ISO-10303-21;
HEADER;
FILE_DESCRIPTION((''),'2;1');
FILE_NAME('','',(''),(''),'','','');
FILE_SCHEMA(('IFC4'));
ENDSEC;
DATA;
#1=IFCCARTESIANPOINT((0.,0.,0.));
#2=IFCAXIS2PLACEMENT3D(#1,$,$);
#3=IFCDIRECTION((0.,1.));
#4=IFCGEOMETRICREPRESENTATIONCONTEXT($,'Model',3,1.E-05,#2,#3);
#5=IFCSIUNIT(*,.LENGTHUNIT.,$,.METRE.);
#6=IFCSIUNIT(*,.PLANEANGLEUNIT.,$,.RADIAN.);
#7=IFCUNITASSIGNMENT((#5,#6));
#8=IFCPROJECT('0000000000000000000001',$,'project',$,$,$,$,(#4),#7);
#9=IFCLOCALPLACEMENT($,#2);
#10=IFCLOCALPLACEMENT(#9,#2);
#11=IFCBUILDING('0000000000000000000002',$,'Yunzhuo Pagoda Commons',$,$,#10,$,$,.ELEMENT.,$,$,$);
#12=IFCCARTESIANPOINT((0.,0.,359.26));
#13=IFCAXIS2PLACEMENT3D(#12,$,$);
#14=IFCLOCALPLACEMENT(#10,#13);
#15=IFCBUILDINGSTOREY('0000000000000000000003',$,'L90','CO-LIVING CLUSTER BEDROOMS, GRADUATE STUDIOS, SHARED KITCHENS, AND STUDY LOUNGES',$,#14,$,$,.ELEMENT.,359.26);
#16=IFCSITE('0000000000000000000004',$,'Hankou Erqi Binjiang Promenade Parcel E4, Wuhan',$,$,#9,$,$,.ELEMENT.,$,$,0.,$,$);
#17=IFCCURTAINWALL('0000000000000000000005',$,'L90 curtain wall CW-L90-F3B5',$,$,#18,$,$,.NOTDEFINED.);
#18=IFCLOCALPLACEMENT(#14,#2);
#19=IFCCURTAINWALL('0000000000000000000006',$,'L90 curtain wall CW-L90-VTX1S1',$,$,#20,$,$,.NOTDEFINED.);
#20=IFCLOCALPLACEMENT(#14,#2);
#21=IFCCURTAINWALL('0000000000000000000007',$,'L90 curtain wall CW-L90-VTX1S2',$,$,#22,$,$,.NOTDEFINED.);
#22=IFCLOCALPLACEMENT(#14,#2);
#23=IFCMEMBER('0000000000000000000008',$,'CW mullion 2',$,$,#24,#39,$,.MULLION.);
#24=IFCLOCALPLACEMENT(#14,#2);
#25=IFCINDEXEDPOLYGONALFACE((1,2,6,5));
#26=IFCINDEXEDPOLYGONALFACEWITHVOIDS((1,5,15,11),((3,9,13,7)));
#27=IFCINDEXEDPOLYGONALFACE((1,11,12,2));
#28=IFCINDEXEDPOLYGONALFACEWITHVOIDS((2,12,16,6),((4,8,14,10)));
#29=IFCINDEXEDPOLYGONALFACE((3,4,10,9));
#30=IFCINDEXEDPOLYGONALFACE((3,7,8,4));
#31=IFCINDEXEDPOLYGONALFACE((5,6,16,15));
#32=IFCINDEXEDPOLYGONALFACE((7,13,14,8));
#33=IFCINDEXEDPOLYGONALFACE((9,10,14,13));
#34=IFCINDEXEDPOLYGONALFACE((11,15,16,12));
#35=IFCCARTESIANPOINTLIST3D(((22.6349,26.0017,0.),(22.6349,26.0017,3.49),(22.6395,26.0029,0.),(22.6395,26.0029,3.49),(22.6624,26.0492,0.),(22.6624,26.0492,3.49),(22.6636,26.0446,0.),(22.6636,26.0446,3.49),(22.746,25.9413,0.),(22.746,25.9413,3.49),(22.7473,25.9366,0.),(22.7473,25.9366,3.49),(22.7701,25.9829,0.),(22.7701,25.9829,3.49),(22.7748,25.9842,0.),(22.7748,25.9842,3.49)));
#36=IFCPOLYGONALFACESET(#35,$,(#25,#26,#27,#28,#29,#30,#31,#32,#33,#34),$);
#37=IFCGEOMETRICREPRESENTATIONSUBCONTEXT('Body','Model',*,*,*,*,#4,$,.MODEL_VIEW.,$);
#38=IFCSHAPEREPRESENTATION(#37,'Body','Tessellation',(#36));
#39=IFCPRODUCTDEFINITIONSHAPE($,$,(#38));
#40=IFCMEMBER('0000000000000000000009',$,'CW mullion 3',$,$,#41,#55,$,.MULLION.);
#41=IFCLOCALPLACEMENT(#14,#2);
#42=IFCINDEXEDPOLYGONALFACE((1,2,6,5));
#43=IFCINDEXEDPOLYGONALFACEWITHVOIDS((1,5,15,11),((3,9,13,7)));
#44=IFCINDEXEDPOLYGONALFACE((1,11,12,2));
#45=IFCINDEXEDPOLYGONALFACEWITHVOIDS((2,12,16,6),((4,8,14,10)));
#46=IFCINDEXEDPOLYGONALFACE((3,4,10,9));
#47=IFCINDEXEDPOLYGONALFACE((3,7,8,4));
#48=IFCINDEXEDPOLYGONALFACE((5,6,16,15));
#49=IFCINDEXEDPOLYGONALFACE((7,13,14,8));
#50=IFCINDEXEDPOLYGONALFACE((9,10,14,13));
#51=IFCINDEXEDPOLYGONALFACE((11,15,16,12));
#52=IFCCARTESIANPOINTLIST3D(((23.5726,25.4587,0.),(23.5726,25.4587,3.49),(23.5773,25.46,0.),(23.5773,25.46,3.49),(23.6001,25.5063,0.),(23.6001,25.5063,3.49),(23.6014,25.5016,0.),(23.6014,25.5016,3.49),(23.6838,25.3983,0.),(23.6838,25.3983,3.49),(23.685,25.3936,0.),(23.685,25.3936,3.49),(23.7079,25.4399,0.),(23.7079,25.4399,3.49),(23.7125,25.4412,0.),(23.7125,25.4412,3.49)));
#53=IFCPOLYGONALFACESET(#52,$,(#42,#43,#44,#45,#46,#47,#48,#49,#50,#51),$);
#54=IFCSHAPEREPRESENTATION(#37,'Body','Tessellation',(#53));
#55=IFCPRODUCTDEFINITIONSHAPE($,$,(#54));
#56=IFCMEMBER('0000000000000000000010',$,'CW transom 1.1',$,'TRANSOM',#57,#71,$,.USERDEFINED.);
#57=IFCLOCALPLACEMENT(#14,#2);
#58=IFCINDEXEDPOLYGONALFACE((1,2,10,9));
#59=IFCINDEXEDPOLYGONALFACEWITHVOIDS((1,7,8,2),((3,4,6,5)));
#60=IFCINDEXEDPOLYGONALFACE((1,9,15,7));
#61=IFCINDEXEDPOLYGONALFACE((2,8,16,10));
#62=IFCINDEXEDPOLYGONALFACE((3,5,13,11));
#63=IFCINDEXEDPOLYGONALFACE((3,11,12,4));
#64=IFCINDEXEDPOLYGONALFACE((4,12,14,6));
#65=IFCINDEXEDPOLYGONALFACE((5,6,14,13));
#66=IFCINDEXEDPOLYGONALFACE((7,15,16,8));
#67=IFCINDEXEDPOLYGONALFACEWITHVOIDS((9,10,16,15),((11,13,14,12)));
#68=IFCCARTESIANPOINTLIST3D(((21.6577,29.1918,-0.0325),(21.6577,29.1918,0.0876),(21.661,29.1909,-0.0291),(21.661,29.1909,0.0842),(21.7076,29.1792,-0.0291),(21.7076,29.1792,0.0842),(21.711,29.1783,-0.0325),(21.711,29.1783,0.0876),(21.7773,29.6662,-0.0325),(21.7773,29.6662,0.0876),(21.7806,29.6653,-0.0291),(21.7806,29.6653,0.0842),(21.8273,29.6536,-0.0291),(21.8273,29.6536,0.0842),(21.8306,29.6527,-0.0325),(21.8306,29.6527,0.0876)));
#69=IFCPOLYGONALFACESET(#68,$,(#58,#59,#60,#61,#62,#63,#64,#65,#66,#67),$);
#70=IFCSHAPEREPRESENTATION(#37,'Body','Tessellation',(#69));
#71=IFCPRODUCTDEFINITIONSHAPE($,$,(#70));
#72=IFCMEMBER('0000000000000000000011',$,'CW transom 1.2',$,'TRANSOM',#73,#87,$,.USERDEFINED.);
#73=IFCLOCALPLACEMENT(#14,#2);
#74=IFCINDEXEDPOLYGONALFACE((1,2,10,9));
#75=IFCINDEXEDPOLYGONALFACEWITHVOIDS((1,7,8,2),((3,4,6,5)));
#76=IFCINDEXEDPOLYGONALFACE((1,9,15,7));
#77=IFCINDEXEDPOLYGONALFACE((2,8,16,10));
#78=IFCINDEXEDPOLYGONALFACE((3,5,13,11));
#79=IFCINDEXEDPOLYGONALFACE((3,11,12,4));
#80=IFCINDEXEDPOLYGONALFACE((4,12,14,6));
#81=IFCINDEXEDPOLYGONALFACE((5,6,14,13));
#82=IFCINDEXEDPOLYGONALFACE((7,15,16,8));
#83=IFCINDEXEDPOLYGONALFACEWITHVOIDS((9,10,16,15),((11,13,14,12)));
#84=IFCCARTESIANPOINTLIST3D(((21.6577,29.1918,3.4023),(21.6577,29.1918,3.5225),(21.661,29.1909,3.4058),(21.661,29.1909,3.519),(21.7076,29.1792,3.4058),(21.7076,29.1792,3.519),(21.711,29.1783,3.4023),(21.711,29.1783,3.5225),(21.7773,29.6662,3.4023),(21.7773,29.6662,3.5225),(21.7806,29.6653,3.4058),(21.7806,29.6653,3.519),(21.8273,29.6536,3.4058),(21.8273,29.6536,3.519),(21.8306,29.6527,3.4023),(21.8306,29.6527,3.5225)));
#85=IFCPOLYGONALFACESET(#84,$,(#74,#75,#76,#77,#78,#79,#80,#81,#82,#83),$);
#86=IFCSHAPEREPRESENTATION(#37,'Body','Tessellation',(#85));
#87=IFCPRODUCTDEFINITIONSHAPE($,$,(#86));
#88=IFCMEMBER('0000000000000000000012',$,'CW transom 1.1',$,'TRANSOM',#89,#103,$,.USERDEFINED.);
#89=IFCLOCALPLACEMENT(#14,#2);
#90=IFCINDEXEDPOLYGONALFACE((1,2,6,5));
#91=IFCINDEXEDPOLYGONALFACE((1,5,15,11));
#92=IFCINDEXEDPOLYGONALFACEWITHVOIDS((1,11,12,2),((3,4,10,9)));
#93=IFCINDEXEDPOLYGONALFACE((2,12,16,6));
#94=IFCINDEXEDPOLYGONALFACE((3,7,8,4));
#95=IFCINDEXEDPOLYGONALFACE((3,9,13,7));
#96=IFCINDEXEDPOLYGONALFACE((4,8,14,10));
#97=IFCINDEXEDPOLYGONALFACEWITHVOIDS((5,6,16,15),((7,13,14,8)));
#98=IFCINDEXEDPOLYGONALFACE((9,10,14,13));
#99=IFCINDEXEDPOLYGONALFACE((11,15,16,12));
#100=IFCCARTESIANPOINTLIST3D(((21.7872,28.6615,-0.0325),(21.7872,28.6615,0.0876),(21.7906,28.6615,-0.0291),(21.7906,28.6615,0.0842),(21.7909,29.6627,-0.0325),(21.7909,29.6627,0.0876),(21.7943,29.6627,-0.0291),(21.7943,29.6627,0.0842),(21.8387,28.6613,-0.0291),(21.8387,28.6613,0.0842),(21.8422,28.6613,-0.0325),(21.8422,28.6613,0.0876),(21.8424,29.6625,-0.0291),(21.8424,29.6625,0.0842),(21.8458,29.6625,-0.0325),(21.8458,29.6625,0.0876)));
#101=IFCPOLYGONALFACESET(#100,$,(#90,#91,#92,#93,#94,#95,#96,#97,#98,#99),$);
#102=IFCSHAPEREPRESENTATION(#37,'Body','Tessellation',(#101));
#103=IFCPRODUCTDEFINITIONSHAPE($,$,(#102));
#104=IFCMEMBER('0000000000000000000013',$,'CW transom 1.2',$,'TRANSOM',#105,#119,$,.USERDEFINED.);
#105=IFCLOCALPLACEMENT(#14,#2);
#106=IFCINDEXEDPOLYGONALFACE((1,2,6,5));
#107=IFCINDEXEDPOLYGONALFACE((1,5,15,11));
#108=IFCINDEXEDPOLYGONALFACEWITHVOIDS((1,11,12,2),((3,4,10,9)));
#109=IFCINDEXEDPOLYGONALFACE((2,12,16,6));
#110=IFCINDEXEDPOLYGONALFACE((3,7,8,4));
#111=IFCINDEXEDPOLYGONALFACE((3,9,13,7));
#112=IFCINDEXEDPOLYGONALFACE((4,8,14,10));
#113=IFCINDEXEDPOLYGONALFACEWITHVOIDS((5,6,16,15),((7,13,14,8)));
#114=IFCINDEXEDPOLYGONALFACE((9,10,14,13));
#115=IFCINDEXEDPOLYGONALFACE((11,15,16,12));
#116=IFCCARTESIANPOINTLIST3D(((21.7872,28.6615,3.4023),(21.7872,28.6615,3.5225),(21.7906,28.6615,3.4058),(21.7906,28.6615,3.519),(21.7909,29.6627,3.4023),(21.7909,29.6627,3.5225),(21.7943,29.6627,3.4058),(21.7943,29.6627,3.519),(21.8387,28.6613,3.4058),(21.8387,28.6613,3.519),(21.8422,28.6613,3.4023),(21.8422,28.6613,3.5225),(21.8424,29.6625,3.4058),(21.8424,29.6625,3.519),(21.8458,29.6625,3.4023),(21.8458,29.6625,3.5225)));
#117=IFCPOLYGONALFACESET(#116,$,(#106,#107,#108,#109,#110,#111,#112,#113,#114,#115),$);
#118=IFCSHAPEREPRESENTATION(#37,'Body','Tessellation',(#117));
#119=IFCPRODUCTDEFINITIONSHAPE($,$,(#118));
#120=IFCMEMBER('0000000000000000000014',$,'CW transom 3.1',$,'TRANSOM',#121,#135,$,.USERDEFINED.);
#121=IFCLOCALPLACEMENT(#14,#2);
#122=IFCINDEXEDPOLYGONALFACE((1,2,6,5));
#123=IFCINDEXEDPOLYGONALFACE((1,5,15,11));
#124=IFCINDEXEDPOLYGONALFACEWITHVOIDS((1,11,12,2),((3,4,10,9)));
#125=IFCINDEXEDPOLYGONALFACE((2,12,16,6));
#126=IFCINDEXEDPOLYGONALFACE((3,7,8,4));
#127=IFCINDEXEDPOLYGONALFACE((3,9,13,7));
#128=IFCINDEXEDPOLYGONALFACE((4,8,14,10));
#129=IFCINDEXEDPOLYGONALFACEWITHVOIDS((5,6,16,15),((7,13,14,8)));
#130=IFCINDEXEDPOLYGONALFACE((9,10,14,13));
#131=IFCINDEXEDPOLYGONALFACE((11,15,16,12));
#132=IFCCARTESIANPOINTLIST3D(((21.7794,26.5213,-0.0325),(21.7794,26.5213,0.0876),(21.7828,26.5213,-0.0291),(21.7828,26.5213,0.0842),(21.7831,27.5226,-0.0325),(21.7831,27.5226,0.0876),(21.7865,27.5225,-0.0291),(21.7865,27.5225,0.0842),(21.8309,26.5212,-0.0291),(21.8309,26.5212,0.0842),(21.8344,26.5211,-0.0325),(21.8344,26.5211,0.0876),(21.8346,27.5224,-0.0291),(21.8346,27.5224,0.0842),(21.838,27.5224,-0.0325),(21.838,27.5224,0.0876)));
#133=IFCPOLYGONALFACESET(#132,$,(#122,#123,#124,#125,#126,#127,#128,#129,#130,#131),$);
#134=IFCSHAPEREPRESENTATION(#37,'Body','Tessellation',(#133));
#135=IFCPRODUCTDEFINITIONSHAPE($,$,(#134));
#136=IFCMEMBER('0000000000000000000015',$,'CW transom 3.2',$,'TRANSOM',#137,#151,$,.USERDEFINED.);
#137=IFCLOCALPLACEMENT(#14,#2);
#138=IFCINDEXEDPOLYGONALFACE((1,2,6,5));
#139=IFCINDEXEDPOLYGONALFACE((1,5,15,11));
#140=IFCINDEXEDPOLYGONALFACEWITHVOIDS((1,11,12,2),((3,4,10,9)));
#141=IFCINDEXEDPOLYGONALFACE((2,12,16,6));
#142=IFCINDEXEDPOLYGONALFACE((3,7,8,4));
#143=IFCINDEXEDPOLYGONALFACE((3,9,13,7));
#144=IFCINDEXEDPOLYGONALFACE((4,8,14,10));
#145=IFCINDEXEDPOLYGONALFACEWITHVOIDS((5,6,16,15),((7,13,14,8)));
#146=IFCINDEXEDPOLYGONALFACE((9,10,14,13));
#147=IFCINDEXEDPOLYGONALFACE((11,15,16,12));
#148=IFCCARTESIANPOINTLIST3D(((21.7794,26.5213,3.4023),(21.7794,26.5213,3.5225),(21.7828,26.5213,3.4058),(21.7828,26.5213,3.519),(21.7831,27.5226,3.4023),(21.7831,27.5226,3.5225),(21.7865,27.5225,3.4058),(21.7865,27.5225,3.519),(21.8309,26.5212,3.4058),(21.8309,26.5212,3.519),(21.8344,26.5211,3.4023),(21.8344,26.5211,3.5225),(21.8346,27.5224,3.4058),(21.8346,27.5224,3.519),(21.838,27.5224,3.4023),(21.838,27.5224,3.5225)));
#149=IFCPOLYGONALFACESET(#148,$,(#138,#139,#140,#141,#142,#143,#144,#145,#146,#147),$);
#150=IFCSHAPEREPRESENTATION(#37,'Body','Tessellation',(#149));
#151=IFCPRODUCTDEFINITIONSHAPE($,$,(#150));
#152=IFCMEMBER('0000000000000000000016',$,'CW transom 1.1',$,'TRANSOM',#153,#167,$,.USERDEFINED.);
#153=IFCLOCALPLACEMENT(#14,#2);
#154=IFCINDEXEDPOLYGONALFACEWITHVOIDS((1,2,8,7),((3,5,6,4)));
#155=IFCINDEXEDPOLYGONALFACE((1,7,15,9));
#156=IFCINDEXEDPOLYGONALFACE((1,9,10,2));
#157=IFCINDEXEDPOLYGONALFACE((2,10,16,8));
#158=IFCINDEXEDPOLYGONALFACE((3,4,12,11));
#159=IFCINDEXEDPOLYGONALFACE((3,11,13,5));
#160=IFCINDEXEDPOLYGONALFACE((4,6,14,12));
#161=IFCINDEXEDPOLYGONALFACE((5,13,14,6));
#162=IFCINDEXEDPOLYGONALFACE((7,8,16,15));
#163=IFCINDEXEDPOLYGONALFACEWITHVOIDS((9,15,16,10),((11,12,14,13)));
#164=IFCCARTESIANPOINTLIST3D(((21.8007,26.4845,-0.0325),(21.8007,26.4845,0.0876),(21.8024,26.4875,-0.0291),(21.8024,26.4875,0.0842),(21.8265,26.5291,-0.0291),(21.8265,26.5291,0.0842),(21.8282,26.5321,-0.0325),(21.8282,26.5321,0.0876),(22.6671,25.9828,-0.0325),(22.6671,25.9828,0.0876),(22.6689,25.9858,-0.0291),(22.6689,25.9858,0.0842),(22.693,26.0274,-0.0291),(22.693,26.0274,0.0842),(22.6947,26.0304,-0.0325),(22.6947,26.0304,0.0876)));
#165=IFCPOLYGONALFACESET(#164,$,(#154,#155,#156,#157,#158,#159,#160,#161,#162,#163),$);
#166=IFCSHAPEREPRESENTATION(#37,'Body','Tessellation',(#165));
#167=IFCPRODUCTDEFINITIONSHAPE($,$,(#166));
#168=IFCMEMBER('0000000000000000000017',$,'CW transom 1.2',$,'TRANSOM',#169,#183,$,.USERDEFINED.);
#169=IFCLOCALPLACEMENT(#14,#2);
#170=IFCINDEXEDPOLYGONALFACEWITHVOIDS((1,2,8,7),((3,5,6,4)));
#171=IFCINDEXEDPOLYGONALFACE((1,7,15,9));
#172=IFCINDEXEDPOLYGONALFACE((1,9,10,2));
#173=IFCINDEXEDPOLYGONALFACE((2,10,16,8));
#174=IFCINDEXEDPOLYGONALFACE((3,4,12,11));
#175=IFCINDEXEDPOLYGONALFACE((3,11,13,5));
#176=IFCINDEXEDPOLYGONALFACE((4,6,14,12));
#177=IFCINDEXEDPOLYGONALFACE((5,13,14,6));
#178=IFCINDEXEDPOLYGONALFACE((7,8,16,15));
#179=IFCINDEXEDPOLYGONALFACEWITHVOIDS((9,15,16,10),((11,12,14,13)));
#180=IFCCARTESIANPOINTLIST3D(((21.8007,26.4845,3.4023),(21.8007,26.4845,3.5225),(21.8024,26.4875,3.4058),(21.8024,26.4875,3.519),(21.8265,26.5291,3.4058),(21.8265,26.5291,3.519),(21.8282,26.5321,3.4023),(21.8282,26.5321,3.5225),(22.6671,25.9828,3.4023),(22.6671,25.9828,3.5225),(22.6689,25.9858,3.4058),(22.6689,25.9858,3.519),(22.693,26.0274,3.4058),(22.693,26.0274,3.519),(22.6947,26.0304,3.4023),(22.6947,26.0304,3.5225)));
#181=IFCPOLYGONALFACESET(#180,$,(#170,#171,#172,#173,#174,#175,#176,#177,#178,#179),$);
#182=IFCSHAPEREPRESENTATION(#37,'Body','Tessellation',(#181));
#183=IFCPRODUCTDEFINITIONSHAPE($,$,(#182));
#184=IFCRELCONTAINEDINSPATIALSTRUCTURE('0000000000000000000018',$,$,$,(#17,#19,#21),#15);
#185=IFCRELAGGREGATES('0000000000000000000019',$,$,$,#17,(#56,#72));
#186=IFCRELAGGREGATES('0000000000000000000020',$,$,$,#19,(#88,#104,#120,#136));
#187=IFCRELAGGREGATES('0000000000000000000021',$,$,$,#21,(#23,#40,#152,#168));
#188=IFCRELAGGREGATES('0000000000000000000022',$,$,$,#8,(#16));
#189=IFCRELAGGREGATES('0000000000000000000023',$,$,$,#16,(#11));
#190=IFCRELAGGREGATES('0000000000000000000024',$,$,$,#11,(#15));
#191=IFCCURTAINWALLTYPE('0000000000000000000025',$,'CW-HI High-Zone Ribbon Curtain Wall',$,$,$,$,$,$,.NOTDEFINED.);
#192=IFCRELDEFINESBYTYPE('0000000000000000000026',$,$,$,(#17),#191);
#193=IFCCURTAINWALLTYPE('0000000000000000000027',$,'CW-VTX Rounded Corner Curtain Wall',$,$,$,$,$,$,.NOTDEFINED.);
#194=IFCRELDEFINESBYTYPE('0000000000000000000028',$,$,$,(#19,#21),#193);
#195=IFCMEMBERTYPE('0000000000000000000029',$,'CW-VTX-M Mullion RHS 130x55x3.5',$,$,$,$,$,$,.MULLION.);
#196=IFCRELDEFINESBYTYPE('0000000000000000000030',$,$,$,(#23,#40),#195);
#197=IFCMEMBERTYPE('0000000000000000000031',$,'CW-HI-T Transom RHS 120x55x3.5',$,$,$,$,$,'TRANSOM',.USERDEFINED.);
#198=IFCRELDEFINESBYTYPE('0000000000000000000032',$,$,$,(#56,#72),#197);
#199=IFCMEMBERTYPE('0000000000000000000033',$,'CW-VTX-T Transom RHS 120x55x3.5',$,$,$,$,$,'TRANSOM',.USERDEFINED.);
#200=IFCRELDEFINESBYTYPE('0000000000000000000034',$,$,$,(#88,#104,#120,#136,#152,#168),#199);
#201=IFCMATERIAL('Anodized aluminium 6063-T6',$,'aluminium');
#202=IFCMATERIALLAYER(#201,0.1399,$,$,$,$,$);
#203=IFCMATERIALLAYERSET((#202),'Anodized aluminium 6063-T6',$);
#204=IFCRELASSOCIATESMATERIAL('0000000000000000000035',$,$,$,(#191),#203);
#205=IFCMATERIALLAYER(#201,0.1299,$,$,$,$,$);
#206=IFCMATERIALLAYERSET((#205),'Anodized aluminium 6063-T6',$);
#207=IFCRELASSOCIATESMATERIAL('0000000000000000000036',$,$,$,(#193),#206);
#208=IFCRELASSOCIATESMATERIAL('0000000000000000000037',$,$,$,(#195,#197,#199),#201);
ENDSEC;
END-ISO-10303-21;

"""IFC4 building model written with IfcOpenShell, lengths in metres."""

from ifc_helpers import new_model, si_unit, direction, frame, origin, origin_2d, place, context, subcontext, project, spatial, hollow_rectangle, extrude, source, transform, mapped, material, layer, layer_set, material_profile, profile_set, type_object, element, aggregate, save


model = new_model("IFC4")

# Units and contexts
model_context = context("Model", 3, precision=1e-05, world=origin(), true_north=direction((0.0, 1.0)))
body_context = subcontext(model_context, "Body", "Model", "MODEL_VIEW")
ifc_project = project(units=[si_unit("LENGTHUNIT", "METRE"), si_unit("PLANEANGLEUNIT", "RADIAN")], contexts=[model_context])

# Site, building, storey
site_placement = place(None, origin())
site = spatial("IfcSite", under=ifc_project, at=site_placement, Name="Hankou Erqi Binjiang Promenade Parcel E4, Wuhan", CompositionType="ELEMENT", RefElevation=0.0)
building_placement = place(site_placement, origin())
building = spatial("IfcBuilding", under=site, at=building_placement, Name="Yunzhuo Pagoda Commons", CompositionType="ELEMENT")
storey_placement = place(building_placement, frame((0.0, 0.0, 359.26)))
storey = spatial("IfcBuildingStorey", under=building, at=storey_placement, Name="L90", Description="CO-LIVING CLUSTER BEDROOMS, GRADUATE STUDIOS, SHARED KITCHENS, AND STUDY LOUNGES", CompositionType="ELEMENT", Elevation=359.26)

# Shared definitions
ifc_material_1 = material(Name="Anodized aluminium 6063-T6", Category="aluminium")
ifc_layer_1 = layer(ifc_material_1, 0.1399)
ifc_layer_set_1 = layer_set([ifc_layer_1], Name="Anodized aluminium 6063-T6")
curtain_wall_type_1 = type_object("IfcCurtainWallType", Name="CW-HI High-Zone Ribbon Curtain Wall", PredefinedType="NOTDEFINED", material=ifc_layer_set_1)

# Curtain walls, members
curtain_wall_1_placement = place(storey_placement, origin())
curtain_wall_1 = element("IfcCurtainWall", 1, at=curtain_wall_1_placement, inside=storey, type_object=curtain_wall_type_1, Name="L90 curtain wall CW-L90-F3B5", PredefinedType="NOTDEFINED")
ifc_layer_2 = layer(ifc_material_1, 0.1299)
ifc_layer_set_2 = layer_set([ifc_layer_2], Name="Anodized aluminium 6063-T6")
curtain_wall_type_2 = type_object("IfcCurtainWallType", Name="CW-VTX Rounded Corner Curtain Wall", PredefinedType="NOTDEFINED", material=ifc_layer_set_2)
curtain_wall_2_placement = place(storey_placement, origin())
curtain_wall_2 = element("IfcCurtainWall", 2, at=curtain_wall_2_placement, inside=storey, type_object=curtain_wall_type_2, Name="L90 curtain wall CW-L90-VTX1S1", PredefinedType="NOTDEFINED")
ifc_material_profile_1 = material_profile(ifc_material_1, hollow_rectangle(XDim=0.0549, YDim=0.1299, WallThickness=0.0034, at=origin_2d()), Name="Anodized aluminium 6063-T6")
ifc_profile_set_1 = profile_set([ifc_material_profile_1], Name="Anodized aluminium 6063-T6")
member_type_1 = type_object("IfcMemberType", Name="CW-VTX-M Mullion RHS 130x55x3.5", PredefinedType="MULLION", material=ifc_profile_set_1)
shared_shape_1 = source(origin(), body_context, "Body", "SweptSolid", [
    extrude(hollow_rectangle(XDim=0.0549, YDim=0.1299, WallThickness=0.0034, at=origin_2d()), origin(), (0.0, 0.0, 1.0), 3.49),
])
curtain_wall_3_placement = place(storey_placement, origin())
curtain_wall_3 = element("IfcCurtainWall", 3, at=curtain_wall_3_placement, inside=storey, type_object=curtain_wall_type_2, Name="L90 curtain wall CW-L90-VTX1S2", PredefinedType="NOTDEFINED")
member_1_placement = place(storey_placement, frame((22.7048, 25.9929, 0.0), z_axis=(0.0, 0.0, 1.0), x_axis=(0.501017, 0.865438, 0.0)))
member_1 = element("IfcMember", 4, at=member_1_placement, type_object=member_type_1, Name="CW mullion 2", PredefinedType="MULLION", context=body_context, shape_type="MappedRepresentation", body=[
    mapped(shared_shape_1, transform((0.0, 0.0, 0.0), scale=1.0)),
])
member_2_placement = place(storey_placement, frame((23.6426, 25.45, 0.0), z_axis=(0.0, 0.0, 1.0), x_axis=(0.501017, 0.865438, 0.0)))
member_2 = element("IfcMember", 5, at=member_2_placement, type_object=member_type_1, Name="CW mullion 3", PredefinedType="MULLION", context=body_context, shape_type="MappedRepresentation", body=[
    mapped(shared_shape_1, transform((0.0, 0.0, 0.0), scale=1.0)),
])

# Members
ifc_material_profile_2 = material_profile(ifc_material_1, hollow_rectangle(XDim=0.0549, YDim=0.1201, WallThickness=0.0034, at=origin_2d()), Name="Anodized aluminium 6063-T6")
ifc_profile_set_2 = profile_set([ifc_material_profile_2], Name="Anodized aluminium 6063-T6")
member_type_2 = type_object("IfcMemberType", Name="CW-HI-T Transom RHS 120x55x3.5", ElementType="TRANSOM", PredefinedType="USERDEFINED", material=ifc_profile_set_2)
shared_shape_2 = source(origin(), body_context, "Body", "SweptSolid", [
    extrude(hollow_rectangle(XDim=0.0549, YDim=0.1201, WallThickness=0.0034, at=origin_2d()), origin(), (0.0, 0.0, 1.0), 0.4893),
])
member_3_placement = place(storey_placement, frame((21.6843, 29.1851, 0.0276), z_axis=(0.244531, 0.969641, 0.0), x_axis=(-0.969641, 0.244531, 0.0)))
member_3 = element("IfcMember", 6, at=member_3_placement, type_object=member_type_2, Name="CW transom 1.1", ObjectType="TRANSOM", PredefinedType="USERDEFINED", context=body_context, shape_type="MappedRepresentation", body=[
    mapped(shared_shape_2, transform((0.0, 0.0, 0.0), scale=1.0)),
])
member_4_placement = place(storey_placement, frame((21.6843, 29.1851, 3.4624), z_axis=(0.244531, 0.969641, 0.0), x_axis=(-0.969641, 0.244531, 0.0)))
member_4 = element("IfcMember", 7, at=member_4_placement, type_object=member_type_2, Name="CW transom 1.2", ObjectType="TRANSOM", PredefinedType="USERDEFINED", context=body_context, shape_type="MappedRepresentation", body=[
    mapped(shared_shape_2, transform((0.0, 0.0, 0.0), scale=1.0)),
])
ifc_material_profile_3 = material_profile(ifc_material_1, hollow_rectangle(XDim=0.0549, YDim=0.1201, WallThickness=0.0034, at=origin_2d()), Name="Anodized aluminium 6063-T6")
ifc_profile_set_3 = profile_set([ifc_material_profile_3], Name="Anodized aluminium 6063-T6")
member_type_3 = type_object("IfcMemberType", Name="CW-VTX-T Transom RHS 120x55x3.5", ElementType="TRANSOM", PredefinedType="USERDEFINED", material=ifc_profile_set_3)
shared_shape_3 = source(origin(), body_context, "Body", "SweptSolid", [
    extrude(hollow_rectangle(XDim=0.0549, YDim=0.1201, WallThickness=0.0034, at=origin_2d()), origin(), (0.0, 0.0, 1.0), 1.0012),
])
member_5_placement = place(storey_placement, frame((21.8184, 29.6626, 0.0276), z_axis=(-0.003658, -0.999993, 0.0), x_axis=(0.999993, -0.003658, 0.0)))
member_5 = element("IfcMember", 8, at=member_5_placement, type_object=member_type_3, Name="CW transom 1.1", ObjectType="TRANSOM", PredefinedType="USERDEFINED", context=body_context, shape_type="MappedRepresentation", body=[
    mapped(shared_shape_3, transform((0.0, 0.0, 0.0), scale=1.0)),
])
member_6_placement = place(storey_placement, frame((21.8184, 29.6626, 3.4624), z_axis=(-0.003658, -0.999993, 0.0), x_axis=(0.999993, -0.003658, 0.0)))
member_6 = element("IfcMember", 9, at=member_6_placement, type_object=member_type_3, Name="CW transom 1.2", ObjectType="TRANSOM", PredefinedType="USERDEFINED", context=body_context, shape_type="MappedRepresentation", body=[
    mapped(shared_shape_3, transform((0.0, 0.0, 0.0), scale=1.0)),
])
member_7_placement = place(storey_placement, frame((21.8105, 27.5225, 0.0276), z_axis=(-0.003658, -0.999993, 0.0), x_axis=(0.999993, -0.003658, 0.0)))
member_7 = element("IfcMember", 10, at=member_7_placement, type_object=member_type_3, Name="CW transom 3.1", ObjectType="TRANSOM", PredefinedType="USERDEFINED", context=body_context, shape_type="MappedRepresentation", body=[
    mapped(shared_shape_3, transform((0.0, 0.0, 0.0), scale=1.0)),
])
member_8_placement = place(storey_placement, frame((21.8105, 27.5225, 3.4624), z_axis=(-0.003658, -0.999993, 0.0), x_axis=(0.999993, -0.003658, 0.0)))
member_8 = element("IfcMember", 11, at=member_8_placement, type_object=member_type_3, Name="CW transom 3.2", ObjectType="TRANSOM", PredefinedType="USERDEFINED", context=body_context, shape_type="MappedRepresentation", body=[
    mapped(shared_shape_3, transform((0.0, 0.0, 0.0), scale=1.0)),
])
member_9_placement = place(storey_placement, frame((21.8145, 26.5083, 0.0276), z_axis=(0.865393, -0.501094, 0.0), x_axis=(0.501094, 0.865393, 0.0)))
member_9 = element("IfcMember", 12, at=member_9_placement, type_object=member_type_3, Name="CW transom 1.1", ObjectType="TRANSOM", PredefinedType="USERDEFINED", context=body_context, shape_type="MappedRepresentation", body=[
    mapped(shared_shape_3, transform((0.0, 0.0, 0.0), scale=1.0)),
])
member_10_placement = place(storey_placement, frame((21.8145, 26.5083, 3.4624), z_axis=(0.865393, -0.501094, 0.0), x_axis=(0.501094, 0.865393, 0.0)))
member_10 = element("IfcMember", 13, at=member_10_placement, type_object=member_type_3, Name="CW transom 1.2", ObjectType="TRANSOM", PredefinedType="USERDEFINED", context=body_context, shape_type="MappedRepresentation", body=[
    mapped(shared_shape_3, transform((0.0, 0.0, 0.0), scale=1.0)),
])

aggregate(curtain_wall_1, [member_3, member_4])
aggregate(curtain_wall_2, [member_5, member_6, member_7, member_8])
aggregate(curtain_wall_3, [member_1, member_2, member_9, member_10])

save(model, "model.ifc")
